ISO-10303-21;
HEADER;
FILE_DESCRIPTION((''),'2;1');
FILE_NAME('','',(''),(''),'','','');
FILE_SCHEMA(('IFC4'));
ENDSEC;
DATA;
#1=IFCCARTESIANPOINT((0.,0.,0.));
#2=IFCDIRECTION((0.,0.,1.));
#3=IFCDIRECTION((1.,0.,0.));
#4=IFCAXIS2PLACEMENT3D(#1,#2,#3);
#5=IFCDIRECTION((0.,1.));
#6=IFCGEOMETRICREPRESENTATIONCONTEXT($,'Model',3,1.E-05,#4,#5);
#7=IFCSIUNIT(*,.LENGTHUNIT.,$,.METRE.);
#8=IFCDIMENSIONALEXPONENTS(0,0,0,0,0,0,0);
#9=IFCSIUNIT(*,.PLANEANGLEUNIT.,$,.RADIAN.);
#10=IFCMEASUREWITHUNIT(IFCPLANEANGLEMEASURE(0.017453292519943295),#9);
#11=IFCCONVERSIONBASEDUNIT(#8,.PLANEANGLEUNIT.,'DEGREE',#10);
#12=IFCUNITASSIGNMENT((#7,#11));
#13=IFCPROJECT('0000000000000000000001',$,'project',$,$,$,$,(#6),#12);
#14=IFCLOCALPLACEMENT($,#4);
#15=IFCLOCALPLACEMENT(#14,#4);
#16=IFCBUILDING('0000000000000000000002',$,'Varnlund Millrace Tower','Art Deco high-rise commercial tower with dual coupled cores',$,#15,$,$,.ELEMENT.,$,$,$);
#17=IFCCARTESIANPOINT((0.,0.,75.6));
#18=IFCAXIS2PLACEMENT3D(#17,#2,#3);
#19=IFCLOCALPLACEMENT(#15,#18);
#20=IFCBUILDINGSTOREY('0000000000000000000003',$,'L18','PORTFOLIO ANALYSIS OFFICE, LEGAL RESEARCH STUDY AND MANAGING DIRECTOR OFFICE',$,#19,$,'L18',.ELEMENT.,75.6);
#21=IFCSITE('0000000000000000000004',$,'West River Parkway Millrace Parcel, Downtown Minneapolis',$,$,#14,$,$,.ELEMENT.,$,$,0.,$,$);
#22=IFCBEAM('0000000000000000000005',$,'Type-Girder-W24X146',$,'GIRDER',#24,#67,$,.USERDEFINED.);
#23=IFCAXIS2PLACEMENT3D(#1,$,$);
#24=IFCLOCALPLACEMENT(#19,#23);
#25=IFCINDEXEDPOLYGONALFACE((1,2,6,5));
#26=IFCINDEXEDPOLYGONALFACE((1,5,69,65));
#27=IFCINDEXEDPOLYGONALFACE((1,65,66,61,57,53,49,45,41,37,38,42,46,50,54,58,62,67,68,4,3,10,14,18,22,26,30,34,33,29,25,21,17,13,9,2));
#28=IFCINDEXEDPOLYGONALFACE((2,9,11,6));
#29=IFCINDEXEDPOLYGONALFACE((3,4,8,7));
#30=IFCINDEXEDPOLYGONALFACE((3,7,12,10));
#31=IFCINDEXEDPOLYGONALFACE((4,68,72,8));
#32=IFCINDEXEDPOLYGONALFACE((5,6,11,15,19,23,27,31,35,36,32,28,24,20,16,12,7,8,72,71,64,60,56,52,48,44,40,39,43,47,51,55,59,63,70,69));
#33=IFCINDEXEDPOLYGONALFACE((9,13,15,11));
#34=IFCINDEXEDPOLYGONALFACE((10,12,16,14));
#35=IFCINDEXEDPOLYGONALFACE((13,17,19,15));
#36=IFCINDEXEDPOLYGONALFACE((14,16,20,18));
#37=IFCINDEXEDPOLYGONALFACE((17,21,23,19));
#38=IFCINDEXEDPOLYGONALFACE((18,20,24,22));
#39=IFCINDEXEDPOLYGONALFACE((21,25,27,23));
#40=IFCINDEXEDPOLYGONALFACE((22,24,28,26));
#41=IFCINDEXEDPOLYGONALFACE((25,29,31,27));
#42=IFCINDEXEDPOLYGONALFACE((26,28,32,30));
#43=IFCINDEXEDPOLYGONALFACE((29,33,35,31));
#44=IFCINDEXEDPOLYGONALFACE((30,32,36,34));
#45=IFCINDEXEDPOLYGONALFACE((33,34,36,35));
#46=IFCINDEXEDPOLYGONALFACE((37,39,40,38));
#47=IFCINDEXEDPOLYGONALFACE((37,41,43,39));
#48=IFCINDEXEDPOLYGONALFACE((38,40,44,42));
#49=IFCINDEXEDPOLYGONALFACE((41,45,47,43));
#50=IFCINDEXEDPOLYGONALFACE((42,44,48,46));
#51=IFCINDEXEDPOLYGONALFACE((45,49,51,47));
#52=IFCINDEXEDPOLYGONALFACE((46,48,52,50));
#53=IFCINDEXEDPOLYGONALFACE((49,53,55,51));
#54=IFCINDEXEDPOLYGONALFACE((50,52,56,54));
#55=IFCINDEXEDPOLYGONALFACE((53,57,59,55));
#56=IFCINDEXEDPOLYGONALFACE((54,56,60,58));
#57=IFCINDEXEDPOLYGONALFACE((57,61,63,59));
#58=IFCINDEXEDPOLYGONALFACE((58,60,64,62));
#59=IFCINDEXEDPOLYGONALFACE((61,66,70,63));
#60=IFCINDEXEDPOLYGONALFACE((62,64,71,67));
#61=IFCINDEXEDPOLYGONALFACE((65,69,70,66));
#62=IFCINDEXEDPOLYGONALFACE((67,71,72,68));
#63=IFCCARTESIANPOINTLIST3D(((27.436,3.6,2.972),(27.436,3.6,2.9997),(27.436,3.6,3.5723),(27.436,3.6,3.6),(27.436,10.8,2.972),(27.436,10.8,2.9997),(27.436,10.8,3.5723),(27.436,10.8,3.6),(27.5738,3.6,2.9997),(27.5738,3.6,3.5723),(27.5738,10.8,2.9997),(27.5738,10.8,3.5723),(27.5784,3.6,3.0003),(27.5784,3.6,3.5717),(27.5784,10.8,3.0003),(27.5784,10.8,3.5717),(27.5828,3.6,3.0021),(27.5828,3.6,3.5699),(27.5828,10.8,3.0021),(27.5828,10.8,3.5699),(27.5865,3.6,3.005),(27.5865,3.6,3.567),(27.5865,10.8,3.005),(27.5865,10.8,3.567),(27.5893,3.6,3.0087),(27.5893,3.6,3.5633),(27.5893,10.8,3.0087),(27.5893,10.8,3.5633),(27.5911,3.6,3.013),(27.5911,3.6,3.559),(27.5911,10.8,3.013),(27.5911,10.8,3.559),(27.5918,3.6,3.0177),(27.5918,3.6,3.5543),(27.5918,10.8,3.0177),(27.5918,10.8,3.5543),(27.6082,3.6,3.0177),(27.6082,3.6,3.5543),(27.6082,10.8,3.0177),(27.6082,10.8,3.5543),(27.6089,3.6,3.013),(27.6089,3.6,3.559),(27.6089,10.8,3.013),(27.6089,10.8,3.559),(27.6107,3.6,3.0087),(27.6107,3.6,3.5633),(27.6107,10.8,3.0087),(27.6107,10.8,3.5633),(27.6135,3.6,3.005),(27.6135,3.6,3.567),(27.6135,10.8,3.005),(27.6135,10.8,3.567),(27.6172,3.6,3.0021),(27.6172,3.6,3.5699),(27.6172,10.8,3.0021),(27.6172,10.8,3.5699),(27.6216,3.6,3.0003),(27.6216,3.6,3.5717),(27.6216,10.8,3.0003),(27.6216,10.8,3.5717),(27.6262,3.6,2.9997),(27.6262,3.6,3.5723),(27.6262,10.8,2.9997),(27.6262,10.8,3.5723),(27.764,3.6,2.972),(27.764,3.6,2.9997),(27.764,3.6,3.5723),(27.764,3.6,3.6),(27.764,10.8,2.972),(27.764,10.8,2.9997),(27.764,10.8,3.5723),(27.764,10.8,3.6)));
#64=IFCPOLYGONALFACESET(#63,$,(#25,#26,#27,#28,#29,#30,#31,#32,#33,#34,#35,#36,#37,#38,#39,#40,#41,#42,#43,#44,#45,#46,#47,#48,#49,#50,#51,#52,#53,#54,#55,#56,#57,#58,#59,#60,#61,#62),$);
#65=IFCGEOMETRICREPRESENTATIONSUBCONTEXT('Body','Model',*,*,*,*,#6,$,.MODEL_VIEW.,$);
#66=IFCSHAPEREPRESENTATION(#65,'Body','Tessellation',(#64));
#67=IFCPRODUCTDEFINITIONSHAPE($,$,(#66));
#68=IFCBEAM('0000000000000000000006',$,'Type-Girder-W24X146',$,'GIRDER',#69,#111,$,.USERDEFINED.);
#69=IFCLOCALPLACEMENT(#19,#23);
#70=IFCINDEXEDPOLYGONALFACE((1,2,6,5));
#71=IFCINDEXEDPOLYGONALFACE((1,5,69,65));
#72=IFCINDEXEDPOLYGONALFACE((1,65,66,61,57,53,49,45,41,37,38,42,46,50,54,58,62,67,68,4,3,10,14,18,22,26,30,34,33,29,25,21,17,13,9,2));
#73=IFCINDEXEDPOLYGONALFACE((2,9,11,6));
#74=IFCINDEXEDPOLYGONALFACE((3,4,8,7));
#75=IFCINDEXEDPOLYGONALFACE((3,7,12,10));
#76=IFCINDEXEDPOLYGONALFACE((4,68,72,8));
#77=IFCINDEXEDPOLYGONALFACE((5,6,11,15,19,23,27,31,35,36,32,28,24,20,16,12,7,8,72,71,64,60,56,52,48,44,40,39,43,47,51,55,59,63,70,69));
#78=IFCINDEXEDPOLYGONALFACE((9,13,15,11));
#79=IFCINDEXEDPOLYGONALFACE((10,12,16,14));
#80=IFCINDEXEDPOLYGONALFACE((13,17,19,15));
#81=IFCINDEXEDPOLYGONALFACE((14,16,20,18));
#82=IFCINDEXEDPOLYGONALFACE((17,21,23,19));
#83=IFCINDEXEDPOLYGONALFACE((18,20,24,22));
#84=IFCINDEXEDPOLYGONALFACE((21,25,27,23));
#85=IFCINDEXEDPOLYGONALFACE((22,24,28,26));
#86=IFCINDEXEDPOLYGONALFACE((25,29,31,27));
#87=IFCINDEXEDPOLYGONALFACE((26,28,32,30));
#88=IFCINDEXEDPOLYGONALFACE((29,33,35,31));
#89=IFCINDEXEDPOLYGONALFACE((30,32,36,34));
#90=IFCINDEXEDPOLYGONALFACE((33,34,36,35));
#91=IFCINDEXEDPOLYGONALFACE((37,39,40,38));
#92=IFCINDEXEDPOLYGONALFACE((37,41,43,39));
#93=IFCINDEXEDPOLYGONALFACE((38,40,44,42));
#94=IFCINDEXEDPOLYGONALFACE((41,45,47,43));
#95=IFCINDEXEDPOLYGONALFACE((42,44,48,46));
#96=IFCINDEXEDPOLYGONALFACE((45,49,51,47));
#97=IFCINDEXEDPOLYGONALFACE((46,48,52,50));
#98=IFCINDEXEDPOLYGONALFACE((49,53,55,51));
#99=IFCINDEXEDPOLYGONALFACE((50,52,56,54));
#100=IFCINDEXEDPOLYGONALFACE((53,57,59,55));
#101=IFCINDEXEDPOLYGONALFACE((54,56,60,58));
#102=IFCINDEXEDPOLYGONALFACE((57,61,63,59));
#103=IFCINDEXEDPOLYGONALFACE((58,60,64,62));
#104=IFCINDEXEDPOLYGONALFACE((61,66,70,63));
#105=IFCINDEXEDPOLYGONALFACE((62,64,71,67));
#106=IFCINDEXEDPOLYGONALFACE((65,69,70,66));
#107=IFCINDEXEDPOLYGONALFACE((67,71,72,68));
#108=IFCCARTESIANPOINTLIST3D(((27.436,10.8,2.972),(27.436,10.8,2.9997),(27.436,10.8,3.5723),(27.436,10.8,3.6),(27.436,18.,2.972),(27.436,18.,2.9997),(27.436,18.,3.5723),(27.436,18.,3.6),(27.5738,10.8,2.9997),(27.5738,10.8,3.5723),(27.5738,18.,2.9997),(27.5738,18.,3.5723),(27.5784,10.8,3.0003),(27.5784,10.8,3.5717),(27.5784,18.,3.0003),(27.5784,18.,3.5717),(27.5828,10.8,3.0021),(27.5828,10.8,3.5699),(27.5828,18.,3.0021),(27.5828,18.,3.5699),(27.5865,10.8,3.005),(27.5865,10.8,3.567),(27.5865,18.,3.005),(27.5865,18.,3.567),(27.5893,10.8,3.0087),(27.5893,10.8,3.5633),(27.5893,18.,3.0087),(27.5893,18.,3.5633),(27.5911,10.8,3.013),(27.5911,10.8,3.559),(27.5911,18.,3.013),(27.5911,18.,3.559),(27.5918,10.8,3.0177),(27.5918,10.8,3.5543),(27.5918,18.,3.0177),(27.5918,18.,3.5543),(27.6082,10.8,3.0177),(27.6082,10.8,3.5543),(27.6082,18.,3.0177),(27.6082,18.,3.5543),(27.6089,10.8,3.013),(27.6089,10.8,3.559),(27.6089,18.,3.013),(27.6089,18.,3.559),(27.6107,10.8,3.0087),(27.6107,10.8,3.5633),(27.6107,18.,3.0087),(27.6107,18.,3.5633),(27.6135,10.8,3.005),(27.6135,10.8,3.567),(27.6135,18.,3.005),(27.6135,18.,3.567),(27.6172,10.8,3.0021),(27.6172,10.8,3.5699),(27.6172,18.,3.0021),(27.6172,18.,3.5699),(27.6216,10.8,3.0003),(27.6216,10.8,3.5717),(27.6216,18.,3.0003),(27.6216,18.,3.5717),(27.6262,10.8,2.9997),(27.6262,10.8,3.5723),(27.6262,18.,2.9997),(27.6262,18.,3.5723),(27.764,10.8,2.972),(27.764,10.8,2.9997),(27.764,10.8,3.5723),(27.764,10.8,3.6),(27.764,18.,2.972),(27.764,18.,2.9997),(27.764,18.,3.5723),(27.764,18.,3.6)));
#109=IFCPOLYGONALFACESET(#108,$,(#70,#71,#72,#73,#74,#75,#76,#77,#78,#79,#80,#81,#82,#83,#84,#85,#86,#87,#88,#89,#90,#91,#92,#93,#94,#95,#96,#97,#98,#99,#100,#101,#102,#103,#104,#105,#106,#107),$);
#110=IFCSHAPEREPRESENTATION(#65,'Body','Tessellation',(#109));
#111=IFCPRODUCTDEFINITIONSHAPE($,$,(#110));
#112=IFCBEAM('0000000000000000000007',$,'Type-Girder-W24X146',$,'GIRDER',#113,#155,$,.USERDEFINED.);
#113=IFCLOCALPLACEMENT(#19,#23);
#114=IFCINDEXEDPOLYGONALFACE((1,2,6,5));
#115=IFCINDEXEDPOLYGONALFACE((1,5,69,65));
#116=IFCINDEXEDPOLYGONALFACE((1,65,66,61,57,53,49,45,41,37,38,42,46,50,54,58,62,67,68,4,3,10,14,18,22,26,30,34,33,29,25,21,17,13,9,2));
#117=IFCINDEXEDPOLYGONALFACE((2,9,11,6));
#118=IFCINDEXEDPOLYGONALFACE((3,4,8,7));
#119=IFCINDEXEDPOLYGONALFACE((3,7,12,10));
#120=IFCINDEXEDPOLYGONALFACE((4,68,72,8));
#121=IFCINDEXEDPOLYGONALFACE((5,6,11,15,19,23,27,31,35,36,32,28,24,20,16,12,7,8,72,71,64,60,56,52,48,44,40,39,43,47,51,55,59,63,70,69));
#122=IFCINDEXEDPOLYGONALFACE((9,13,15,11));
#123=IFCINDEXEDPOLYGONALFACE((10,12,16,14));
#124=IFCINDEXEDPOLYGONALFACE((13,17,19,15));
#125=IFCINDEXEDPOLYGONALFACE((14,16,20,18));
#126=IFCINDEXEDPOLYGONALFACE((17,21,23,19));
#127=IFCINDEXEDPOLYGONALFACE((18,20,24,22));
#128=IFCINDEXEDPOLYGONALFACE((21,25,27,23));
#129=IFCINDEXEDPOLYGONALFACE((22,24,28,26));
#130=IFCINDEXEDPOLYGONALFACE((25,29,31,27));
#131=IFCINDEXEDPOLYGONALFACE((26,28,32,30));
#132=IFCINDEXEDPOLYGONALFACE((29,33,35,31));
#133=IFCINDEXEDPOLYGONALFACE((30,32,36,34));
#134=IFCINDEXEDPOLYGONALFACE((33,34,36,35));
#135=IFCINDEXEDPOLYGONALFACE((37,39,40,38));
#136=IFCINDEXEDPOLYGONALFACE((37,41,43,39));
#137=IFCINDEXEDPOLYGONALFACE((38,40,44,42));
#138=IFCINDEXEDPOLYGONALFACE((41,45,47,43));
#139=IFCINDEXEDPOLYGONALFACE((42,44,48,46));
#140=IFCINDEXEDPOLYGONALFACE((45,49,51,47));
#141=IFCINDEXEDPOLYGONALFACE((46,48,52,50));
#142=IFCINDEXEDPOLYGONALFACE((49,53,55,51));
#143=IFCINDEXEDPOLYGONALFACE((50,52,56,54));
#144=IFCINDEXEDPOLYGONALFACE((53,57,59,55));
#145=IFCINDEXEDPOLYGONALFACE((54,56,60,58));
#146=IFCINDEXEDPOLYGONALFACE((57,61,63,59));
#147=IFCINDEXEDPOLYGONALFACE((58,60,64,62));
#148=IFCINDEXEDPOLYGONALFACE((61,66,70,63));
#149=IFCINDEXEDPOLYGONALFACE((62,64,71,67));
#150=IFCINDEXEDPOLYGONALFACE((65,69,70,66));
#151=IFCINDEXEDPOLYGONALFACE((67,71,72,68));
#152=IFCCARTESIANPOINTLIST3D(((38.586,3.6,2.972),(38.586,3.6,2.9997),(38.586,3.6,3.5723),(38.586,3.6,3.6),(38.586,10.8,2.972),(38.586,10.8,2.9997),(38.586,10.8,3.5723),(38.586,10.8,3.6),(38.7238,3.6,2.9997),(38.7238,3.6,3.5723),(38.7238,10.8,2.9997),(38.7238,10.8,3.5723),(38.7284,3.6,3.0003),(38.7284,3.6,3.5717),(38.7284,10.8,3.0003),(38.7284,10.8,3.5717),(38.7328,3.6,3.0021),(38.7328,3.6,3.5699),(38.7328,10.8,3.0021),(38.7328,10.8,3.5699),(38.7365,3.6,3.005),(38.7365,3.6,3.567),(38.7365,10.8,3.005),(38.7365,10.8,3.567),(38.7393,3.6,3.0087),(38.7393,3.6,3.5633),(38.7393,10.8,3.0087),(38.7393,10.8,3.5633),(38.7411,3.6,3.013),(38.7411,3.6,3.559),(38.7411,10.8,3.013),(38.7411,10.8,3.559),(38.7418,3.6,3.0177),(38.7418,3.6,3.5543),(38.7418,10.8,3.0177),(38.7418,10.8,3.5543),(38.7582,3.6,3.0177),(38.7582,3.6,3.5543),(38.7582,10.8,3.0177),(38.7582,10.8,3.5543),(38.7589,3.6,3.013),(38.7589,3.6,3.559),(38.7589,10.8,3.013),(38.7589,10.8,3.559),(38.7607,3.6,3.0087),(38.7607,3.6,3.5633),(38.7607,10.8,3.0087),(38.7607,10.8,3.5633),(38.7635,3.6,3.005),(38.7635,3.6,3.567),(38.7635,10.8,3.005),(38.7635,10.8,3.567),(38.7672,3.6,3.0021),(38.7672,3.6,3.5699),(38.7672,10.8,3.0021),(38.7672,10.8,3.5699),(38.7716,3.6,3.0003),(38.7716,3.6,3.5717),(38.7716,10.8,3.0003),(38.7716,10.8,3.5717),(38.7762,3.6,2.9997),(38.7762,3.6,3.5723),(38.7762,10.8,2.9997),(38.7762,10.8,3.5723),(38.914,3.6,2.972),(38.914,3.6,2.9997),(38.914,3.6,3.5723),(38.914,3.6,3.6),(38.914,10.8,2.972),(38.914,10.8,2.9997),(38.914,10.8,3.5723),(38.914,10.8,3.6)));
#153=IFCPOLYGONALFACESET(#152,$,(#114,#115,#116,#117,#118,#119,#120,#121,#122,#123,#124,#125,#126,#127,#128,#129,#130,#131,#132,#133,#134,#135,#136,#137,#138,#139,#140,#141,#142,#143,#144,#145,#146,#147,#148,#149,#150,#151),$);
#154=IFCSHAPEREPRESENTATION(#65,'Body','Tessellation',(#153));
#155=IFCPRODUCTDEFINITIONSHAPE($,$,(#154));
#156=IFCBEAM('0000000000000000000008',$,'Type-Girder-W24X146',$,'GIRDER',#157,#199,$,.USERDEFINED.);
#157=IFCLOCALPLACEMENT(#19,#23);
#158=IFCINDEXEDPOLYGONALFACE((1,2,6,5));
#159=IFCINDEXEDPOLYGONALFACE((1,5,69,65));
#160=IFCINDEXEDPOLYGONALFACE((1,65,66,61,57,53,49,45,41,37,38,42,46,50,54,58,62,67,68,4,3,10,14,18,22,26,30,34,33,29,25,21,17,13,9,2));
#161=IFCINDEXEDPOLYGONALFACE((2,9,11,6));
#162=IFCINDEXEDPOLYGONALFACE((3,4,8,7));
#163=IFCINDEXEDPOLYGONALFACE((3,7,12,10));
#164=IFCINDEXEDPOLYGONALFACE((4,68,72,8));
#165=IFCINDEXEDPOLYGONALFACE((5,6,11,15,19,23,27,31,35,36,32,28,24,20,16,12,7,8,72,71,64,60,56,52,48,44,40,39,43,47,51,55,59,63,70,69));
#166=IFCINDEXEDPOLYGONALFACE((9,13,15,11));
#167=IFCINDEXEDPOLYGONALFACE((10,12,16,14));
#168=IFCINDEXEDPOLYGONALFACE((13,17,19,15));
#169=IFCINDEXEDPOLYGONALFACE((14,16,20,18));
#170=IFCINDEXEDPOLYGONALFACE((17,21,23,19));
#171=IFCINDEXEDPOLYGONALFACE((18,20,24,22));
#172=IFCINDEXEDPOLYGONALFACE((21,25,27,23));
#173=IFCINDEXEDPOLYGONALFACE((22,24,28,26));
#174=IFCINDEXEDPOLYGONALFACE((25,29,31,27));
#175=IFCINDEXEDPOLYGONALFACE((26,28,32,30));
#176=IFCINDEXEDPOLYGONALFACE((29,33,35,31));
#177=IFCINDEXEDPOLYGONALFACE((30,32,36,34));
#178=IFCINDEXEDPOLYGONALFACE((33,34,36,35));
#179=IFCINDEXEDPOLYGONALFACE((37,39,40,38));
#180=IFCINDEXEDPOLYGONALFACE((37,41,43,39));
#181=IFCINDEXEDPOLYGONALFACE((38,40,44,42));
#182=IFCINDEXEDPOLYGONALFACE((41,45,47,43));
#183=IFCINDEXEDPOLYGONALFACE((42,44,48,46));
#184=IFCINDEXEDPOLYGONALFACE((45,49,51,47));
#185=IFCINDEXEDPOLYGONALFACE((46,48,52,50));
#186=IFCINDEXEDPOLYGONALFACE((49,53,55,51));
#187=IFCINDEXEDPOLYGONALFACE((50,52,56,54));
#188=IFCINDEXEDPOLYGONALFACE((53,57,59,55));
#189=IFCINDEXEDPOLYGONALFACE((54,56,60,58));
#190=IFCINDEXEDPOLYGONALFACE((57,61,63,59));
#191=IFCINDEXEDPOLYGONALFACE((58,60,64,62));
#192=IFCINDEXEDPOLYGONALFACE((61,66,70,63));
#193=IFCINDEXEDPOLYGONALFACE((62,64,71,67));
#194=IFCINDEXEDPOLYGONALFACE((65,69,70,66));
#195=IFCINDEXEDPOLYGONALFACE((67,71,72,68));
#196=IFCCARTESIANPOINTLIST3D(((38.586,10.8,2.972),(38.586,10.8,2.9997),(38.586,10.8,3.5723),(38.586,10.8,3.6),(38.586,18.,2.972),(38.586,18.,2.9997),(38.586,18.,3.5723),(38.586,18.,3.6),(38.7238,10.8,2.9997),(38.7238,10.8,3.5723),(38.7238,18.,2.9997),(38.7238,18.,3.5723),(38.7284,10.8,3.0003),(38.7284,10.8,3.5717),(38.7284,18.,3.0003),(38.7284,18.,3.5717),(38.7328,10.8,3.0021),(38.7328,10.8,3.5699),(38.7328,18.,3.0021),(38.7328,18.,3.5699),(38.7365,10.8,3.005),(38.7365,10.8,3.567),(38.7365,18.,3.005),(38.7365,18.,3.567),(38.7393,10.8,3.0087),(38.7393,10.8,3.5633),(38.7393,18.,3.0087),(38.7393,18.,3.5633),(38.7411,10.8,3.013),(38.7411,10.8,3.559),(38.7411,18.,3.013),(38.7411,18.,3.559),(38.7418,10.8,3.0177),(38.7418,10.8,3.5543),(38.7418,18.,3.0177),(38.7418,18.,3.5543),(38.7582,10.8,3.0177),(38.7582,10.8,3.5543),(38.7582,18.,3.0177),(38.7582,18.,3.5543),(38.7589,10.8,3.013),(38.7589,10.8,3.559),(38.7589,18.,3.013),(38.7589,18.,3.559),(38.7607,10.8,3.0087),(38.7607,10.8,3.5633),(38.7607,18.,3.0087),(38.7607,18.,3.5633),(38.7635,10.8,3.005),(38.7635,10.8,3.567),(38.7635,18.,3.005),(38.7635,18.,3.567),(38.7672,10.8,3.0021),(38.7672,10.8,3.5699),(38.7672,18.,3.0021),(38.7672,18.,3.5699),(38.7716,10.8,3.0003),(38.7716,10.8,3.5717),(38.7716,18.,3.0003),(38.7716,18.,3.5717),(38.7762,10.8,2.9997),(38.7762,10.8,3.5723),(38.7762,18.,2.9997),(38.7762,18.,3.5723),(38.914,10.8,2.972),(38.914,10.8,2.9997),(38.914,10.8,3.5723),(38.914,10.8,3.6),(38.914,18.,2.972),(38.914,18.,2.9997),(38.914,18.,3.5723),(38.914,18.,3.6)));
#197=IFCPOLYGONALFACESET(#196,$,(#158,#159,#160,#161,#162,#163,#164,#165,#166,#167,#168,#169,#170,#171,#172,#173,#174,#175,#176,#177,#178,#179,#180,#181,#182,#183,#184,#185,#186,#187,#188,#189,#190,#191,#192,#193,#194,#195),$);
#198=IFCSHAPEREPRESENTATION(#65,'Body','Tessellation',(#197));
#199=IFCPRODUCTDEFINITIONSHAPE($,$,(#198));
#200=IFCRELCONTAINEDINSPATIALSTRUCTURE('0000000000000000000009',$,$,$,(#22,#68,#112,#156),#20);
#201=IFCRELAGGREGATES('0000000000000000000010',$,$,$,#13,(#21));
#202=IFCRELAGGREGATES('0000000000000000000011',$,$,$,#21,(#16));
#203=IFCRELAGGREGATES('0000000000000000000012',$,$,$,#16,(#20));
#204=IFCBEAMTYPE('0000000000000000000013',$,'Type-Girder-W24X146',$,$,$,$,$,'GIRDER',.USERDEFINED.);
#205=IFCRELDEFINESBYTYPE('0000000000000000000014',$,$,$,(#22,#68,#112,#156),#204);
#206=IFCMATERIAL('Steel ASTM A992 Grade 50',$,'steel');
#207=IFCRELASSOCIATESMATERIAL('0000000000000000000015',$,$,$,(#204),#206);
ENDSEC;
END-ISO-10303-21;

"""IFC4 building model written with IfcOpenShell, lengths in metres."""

from ifc_helpers import new_model, entity, si_unit, converted_unit, direction, frame, origin_with_axes, origin_2d_with_axis, place, context, subcontext, project, spatial, i_section, extrude, material, material_profile, profile_set, type_object, element, save


model = new_model("IFC4")

# Units and contexts
model_context = context("Model", 3, precision=1e-05, world=origin_with_axes(), true_north=direction((0.0, 1.0)))
body_context = subcontext(model_context, "Body", "Model", "MODEL_VIEW")
ifc_project = project(units=[si_unit("LENGTHUNIT", "METRE"), converted_unit("PLANEANGLEUNIT", "DEGREE", entity("IfcPlaneAngleMeasure", 0.017453292519943295), si_unit("PLANEANGLEUNIT", "RADIAN"), dimensions=[0, 0, 0, 0, 0, 0, 0])], contexts=[model_context])

# Site, building, storey
site_placement = place(None, origin_with_axes())
site = spatial("IfcSite", under=ifc_project, at=site_placement, Name="West River Parkway Millrace Parcel, Downtown Minneapolis", CompositionType="ELEMENT", RefElevation=0.0)
building_placement = place(site_placement, origin_with_axes())
building = spatial("IfcBuilding", under=site, at=building_placement, Name="Varnlund Millrace Tower", Description="Art Deco high-rise commercial tower with dual coupled cores", CompositionType="ELEMENT")
storey_placement = place(building_placement, frame((0.0, 0.0, 75.6), z_axis=(0.0, 0.0, 1.0), x_axis=(1.0, 0.0, 0.0)))
storey = spatial("IfcBuildingStorey", under=building, at=storey_placement, Name="L18", Description="PORTFOLIO ANALYSIS OFFICE, LEGAL RESEARCH STUDY AND MANAGING DIRECTOR OFFICE", LongName="L18", CompositionType="ELEMENT", Elevation=75.6)

# Beams
ifc_material_1 = material(Name="Steel ASTM A992 Grade 50", Category="steel")
ifc_material_profile_1 = material_profile(ifc_material_1, i_section(OverallWidth=0.328, OverallDepth=0.628, WebThickness=0.0165, FlangeThickness=0.0277, FilletRadius=0.018, at=origin_2d_with_axis()), Name="Steel ASTM A992 Grade 50")
ifc_profile_set_1 = profile_set([ifc_material_profile_1], Name="Steel ASTM A992 Grade 50")
beam_type_1 = type_object("IfcBeamType", Name="Type-Girder-W24X146", ElementType="GIRDER", PredefinedType="USERDEFINED", material=ifc_profile_set_1)
for number, where, z_axis, x_axis, name in (
    (1, (27.6, 3.6, 3.286), (0.0, 1.0, 0.0), (-1.0, 0.0, 0.0), "Type-Girder-W24X146"),
    (2, (27.6, 10.8, 3.286), (0.0, 1.0, 0.0), (-1.0, 0.0, 0.0), "Type-Girder-W24X146"),
    (3, (38.75, 3.6, 3.286), (0.0, 1.0, 0.0), (-1.0, 0.0, 0.0), "Type-Girder-W24X146"),
    (4, (38.75, 10.8, 3.286), (0.0, 1.0, 0.0), (-1.0, 0.0, 0.0), "Type-Girder-W24X146"),
):
    element("IfcBeam", number, at=place(storey_placement, frame(where, z_axis=z_axis, x_axis=x_axis)), inside=storey, type_object=beam_type_1, Name=name, ObjectType="GIRDER", PredefinedType="USERDEFINED", context=body_context, shape_type="SweptSolid", body=[
        extrude(i_section(OverallWidth=0.328, OverallDepth=0.628, WebThickness=0.0165, FlangeThickness=0.0277, FilletRadius=0.018, at=origin_2d_with_axis()), origin_with_axes(), (0.0, 0.0, 1.0), 7.2),
    ])

save(model, "model.ifc")
